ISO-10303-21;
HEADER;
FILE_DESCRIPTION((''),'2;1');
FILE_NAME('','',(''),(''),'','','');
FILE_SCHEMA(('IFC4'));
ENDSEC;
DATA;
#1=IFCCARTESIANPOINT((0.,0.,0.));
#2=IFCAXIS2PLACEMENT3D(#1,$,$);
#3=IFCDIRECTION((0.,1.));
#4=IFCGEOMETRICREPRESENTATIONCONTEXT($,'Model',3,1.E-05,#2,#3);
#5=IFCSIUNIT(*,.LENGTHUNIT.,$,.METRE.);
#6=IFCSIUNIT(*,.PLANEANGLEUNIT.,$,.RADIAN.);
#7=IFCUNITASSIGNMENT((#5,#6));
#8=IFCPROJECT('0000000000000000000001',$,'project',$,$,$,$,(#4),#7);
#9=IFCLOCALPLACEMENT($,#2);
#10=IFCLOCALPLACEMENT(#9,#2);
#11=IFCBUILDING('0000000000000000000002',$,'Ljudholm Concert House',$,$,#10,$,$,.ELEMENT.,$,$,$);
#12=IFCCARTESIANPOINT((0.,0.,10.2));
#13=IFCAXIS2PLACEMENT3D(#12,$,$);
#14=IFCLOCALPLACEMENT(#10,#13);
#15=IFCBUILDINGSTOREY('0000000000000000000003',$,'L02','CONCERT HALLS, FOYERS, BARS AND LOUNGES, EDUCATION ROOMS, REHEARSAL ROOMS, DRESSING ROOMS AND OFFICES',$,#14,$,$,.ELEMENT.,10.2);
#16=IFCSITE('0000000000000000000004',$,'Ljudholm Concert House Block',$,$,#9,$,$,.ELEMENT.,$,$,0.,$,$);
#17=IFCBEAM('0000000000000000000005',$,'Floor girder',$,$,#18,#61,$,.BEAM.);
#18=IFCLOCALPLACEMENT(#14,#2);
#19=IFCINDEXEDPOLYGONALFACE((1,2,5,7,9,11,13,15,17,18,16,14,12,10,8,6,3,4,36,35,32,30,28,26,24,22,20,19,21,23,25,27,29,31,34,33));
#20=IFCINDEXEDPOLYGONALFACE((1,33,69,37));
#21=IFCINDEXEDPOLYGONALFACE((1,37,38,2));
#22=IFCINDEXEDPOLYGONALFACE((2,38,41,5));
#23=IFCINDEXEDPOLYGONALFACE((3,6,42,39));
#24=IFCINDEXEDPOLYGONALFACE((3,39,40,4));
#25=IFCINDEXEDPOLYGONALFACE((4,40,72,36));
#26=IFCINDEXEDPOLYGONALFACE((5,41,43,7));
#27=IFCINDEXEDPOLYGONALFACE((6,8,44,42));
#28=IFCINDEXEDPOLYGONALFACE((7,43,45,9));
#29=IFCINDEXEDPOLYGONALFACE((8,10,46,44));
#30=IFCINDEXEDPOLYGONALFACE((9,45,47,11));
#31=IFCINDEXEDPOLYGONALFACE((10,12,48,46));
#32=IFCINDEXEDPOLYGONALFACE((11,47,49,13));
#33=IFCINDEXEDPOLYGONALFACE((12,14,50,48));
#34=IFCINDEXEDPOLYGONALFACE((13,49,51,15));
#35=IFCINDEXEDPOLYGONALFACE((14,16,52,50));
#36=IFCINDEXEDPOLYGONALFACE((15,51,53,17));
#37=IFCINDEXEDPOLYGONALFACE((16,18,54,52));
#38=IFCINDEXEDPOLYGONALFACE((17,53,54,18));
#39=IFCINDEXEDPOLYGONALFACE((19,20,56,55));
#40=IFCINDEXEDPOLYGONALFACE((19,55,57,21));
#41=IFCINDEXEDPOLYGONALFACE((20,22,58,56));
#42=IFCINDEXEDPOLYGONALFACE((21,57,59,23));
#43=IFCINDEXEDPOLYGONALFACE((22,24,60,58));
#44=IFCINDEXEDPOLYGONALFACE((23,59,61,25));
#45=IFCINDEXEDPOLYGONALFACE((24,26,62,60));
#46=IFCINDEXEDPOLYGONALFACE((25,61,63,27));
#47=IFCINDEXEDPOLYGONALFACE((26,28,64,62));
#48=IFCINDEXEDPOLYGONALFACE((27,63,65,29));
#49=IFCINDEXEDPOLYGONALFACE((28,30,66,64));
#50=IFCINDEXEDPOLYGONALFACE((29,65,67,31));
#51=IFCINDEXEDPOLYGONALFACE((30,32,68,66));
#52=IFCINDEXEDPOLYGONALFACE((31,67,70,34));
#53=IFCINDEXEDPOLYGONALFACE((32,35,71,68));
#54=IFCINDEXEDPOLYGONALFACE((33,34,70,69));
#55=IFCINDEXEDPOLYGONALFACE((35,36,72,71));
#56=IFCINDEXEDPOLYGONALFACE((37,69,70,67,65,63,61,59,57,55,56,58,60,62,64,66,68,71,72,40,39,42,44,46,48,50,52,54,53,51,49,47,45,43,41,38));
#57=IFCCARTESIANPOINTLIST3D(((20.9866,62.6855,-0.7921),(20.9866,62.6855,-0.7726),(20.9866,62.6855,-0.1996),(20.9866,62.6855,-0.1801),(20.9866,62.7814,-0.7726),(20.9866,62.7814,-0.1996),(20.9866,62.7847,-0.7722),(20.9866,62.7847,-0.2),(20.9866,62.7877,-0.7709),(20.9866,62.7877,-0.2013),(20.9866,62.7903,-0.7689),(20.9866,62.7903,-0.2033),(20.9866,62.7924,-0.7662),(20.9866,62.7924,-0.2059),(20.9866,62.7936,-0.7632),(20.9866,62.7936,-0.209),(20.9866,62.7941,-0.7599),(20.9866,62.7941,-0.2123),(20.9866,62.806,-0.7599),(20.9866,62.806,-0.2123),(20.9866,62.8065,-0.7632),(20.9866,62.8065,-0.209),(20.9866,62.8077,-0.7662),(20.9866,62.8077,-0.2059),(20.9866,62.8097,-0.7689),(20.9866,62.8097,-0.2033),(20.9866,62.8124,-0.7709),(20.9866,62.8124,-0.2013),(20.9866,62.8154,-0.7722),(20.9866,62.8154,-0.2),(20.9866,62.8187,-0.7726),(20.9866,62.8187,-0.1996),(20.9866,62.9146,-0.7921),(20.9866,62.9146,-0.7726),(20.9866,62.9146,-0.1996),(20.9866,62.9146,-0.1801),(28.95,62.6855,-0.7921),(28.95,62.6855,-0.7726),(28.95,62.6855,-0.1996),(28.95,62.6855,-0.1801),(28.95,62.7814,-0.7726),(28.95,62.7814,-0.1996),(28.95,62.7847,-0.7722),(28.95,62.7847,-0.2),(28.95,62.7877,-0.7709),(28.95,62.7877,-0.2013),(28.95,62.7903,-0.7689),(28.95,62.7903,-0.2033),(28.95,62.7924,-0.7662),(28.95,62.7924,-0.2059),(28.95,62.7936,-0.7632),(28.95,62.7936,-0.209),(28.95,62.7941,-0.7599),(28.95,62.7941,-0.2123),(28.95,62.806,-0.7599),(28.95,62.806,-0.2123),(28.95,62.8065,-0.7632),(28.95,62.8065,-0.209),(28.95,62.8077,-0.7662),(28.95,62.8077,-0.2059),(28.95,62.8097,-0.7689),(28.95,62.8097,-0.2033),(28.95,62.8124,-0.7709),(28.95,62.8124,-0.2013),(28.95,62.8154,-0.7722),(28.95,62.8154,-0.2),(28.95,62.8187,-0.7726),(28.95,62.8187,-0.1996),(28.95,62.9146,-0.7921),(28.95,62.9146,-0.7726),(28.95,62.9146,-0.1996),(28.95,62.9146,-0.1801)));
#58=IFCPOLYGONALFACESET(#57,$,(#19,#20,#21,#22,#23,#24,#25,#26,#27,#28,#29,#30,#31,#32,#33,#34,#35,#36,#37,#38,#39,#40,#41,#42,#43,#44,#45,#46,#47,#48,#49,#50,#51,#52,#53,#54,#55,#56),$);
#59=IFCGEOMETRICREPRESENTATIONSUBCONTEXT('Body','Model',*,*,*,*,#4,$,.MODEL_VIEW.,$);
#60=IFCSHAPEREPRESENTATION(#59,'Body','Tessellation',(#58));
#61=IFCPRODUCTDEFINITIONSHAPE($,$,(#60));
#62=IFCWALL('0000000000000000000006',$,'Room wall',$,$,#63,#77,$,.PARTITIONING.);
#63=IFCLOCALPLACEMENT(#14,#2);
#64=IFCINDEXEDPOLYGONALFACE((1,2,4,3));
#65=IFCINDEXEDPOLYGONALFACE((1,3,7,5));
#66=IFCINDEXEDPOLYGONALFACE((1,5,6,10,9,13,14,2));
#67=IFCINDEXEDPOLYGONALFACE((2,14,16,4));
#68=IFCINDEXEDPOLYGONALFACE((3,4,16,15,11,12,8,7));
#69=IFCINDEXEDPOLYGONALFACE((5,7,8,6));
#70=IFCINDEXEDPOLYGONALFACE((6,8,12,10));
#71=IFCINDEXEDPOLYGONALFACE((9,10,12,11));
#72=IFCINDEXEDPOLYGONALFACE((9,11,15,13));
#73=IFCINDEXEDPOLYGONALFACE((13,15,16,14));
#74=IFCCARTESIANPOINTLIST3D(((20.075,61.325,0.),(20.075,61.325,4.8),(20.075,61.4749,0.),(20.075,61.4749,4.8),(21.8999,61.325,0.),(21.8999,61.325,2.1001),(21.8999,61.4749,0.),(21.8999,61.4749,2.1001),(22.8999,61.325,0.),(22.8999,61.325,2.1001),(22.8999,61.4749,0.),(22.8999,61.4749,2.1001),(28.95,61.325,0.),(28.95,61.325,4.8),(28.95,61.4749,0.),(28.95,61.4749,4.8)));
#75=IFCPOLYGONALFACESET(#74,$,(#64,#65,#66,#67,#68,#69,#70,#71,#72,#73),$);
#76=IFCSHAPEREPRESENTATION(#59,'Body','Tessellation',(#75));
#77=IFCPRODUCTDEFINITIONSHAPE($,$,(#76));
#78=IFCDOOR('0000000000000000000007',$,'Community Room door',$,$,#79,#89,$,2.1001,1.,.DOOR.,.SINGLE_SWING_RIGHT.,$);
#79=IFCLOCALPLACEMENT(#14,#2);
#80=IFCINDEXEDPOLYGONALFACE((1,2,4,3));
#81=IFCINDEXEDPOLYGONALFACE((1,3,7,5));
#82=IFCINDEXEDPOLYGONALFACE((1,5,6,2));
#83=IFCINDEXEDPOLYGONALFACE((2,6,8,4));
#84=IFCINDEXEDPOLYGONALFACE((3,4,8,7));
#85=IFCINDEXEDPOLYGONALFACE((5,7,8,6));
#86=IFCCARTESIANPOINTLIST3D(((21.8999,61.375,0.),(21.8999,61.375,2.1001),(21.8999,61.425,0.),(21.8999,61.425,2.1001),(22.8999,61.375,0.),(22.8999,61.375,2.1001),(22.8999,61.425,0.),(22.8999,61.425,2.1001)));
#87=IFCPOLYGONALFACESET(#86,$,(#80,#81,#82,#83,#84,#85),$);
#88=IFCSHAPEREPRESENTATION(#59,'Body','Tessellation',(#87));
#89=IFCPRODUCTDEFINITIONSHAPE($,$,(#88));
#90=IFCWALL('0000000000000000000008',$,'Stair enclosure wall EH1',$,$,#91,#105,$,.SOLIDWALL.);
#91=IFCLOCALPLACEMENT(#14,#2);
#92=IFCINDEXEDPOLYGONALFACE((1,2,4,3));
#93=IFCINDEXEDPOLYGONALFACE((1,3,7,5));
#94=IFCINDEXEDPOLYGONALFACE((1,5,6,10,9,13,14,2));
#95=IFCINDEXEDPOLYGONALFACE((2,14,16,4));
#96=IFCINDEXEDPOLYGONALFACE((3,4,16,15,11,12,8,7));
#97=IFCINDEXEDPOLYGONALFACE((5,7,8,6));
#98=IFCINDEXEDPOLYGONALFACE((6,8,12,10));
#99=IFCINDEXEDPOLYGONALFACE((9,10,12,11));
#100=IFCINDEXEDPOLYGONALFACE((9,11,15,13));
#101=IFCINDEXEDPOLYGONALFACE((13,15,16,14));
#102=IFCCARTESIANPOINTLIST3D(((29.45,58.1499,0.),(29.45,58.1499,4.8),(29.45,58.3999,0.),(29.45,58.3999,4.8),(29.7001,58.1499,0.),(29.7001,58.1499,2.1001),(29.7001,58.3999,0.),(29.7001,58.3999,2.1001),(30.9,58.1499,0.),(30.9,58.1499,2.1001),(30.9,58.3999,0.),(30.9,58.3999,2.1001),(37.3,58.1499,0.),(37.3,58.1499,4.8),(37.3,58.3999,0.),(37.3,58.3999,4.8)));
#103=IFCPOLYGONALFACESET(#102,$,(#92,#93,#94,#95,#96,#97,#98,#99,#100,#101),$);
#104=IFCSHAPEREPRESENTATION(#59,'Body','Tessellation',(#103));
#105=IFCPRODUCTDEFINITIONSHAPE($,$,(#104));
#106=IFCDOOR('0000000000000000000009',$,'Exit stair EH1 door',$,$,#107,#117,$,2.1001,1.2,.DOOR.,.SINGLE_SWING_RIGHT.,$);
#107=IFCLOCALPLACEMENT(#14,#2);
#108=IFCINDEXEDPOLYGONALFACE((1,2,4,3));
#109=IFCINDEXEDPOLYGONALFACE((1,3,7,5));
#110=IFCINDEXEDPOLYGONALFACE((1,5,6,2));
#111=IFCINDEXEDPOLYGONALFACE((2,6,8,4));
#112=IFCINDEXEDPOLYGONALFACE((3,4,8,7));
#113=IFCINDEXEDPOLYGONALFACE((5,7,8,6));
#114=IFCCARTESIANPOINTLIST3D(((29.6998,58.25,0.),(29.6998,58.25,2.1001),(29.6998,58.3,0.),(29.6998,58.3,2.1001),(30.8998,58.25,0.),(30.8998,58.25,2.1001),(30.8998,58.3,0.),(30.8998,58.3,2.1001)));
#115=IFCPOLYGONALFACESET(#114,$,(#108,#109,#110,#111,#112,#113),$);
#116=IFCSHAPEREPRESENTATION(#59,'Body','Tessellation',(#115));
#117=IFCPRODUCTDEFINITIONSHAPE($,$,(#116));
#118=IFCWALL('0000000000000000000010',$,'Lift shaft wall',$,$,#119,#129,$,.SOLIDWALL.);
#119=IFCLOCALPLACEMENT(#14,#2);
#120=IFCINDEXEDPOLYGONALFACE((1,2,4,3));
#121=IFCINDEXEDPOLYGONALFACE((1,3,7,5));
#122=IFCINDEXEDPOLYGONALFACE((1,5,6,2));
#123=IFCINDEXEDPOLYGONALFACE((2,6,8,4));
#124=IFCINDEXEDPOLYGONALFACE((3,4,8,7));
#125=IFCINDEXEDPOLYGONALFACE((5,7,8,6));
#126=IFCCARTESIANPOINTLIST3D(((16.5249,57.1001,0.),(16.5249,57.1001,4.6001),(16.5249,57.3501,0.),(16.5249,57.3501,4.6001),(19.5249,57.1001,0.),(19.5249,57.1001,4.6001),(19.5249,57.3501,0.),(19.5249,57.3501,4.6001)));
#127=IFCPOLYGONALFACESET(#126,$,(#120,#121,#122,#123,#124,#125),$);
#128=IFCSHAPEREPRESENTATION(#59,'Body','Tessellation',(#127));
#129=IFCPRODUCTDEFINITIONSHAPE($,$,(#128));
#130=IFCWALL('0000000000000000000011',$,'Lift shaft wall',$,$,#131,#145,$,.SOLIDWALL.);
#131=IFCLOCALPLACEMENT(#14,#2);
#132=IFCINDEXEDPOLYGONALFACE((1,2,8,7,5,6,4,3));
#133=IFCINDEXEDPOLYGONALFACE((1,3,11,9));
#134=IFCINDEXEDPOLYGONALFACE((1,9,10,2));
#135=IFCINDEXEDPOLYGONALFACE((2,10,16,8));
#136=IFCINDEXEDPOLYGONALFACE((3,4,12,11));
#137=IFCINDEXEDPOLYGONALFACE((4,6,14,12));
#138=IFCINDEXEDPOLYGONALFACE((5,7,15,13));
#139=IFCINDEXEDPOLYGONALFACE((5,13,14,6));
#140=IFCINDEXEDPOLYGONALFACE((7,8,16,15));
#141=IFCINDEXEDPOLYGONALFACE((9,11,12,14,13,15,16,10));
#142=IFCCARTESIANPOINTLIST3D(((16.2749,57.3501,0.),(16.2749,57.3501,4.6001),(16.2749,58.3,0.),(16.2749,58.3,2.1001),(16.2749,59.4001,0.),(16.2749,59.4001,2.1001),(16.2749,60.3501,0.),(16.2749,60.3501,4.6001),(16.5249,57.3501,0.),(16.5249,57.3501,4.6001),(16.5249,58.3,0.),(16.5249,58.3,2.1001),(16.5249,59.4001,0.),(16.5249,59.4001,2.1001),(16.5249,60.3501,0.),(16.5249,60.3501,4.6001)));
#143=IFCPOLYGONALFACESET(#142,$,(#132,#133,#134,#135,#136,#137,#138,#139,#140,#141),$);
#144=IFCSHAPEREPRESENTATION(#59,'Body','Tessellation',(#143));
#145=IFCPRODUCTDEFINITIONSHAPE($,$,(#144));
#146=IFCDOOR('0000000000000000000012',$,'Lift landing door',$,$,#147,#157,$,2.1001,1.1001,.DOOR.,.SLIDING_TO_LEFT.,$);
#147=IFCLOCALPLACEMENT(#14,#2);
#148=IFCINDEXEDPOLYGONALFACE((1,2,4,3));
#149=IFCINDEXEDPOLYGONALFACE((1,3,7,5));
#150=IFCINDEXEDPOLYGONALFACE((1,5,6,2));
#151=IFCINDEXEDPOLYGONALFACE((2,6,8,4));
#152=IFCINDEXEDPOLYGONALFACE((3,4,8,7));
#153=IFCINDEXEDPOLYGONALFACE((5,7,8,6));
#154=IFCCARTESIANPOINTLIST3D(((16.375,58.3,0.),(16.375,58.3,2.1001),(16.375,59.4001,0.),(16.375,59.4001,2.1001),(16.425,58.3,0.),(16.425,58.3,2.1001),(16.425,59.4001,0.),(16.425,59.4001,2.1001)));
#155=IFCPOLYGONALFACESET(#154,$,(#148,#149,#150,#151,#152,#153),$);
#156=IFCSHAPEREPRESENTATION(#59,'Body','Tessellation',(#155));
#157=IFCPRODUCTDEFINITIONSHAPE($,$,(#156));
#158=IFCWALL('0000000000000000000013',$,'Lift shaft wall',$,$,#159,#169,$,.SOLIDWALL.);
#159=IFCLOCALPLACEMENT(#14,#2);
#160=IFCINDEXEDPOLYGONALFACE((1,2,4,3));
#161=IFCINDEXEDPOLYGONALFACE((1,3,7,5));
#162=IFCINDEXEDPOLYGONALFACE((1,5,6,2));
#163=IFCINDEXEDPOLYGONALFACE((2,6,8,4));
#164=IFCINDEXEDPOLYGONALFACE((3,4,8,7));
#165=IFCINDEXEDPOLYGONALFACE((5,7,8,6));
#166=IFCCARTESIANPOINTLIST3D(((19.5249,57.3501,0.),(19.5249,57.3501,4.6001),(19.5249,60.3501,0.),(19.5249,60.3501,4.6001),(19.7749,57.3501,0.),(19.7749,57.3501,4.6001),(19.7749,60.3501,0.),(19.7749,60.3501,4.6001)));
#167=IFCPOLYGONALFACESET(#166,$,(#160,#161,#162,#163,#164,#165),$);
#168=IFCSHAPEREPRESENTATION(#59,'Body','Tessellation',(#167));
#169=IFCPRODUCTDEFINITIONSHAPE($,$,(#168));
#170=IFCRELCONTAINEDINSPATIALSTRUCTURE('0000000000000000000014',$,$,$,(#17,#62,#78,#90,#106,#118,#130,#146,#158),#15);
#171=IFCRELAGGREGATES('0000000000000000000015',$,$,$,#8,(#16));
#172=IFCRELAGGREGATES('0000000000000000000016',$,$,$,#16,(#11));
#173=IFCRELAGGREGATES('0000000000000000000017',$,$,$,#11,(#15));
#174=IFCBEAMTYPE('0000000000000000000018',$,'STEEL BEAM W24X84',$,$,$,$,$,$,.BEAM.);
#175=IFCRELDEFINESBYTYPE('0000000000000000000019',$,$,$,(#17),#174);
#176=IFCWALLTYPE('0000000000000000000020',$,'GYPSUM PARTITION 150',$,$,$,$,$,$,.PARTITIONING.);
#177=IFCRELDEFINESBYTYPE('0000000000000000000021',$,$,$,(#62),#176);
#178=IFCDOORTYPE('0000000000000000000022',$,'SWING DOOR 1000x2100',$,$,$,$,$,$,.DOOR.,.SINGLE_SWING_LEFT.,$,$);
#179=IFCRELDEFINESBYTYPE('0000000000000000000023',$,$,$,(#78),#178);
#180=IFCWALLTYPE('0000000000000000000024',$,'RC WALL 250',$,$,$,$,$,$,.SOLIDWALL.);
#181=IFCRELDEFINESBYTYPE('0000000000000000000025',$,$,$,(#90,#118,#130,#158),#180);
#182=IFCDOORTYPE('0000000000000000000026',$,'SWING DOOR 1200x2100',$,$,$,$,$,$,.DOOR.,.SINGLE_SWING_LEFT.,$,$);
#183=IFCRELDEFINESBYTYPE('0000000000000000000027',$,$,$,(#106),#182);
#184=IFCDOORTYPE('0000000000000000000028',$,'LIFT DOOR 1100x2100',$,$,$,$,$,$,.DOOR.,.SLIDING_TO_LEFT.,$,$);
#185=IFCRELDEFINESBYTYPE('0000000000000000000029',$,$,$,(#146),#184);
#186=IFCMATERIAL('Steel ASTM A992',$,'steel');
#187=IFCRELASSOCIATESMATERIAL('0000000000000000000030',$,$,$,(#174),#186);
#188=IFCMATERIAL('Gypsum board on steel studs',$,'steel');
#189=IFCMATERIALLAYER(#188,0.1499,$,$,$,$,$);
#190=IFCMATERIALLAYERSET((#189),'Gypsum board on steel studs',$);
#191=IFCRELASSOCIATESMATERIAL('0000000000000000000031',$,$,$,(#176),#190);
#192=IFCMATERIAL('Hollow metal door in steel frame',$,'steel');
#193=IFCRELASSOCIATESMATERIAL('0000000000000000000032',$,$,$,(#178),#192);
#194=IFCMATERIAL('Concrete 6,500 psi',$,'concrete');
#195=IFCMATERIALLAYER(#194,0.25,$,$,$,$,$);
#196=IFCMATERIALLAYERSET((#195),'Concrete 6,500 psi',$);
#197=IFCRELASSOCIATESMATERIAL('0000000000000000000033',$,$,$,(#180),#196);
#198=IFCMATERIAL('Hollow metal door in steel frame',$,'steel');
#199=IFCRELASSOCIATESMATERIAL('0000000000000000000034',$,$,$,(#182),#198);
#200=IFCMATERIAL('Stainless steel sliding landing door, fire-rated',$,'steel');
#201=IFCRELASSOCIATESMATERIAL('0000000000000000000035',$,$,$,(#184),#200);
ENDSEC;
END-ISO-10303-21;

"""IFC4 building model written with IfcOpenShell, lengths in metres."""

from ifc_helpers import new_model, si_unit, direction, frame, frame_2d, origin, origin_2d, place, context, subcontext, project, spatial, rectangle, i_section, extrude, material, layer, layer_set, material_profile, profile_set, type_object, element, fill, save


model = new_model("IFC4")

# Units and contexts
model_context = context("Model", 3, precision=1e-05, world=origin(), true_north=direction((0.0, 1.0)))
body_context = subcontext(model_context, "Body", "Model", "MODEL_VIEW")
ifc_project = project(units=[si_unit("LENGTHUNIT", "METRE"), si_unit("PLANEANGLEUNIT", "RADIAN")], contexts=[model_context])

# Site, building, storey
site_placement = place(None, origin())
site = spatial("IfcSite", under=ifc_project, at=site_placement, Name="Ljudholm Concert House Block", CompositionType="ELEMENT", RefElevation=0.0)
building_placement = place(site_placement, origin())
building = spatial("IfcBuilding", under=site, at=building_placement, Name="Ljudholm Concert House", CompositionType="ELEMENT")
storey_placement = place(building_placement, frame((0.0, 0.0, 10.2)))
storey = spatial("IfcBuildingStorey", under=building, at=storey_placement, Name="L02", Description="CONCERT HALLS, FOYERS, BARS AND LOUNGES, EDUCATION ROOMS, REHEARSAL ROOMS, DRESSING ROOMS AND OFFICES", CompositionType="ELEMENT", Elevation=10.2)

# Beam
ifc_material_1 = material(Name="Steel ASTM A992", Category="steel")
ifc_material_profile_1 = material_profile(ifc_material_1, i_section(OverallWidth=0.229, OverallDepth=0.6121, WebThickness=0.012, FlangeThickness=0.0195, FilletRadius=0.0127, at=origin_2d()), Name="W24X84")
ifc_profile_set_1 = profile_set([ifc_material_profile_1], Name="Steel ASTM A992")
beam_type_1 = type_object("IfcBeamType", Name="STEEL BEAM W24X84", PredefinedType="BEAM", material=ifc_profile_set_1)
beam_1_placement = place(storey_placement, frame((20.9866, 62.8, -0.4861), z_axis=(1.0, 0.0, 0.0), x_axis=(0.0, 1.0, 0.0)))
element("IfcBeam", 1, at=beam_1_placement, inside=storey, type_object=beam_type_1, Name="Floor girder", PredefinedType="BEAM", context=body_context, shape_type="SweptSolid", body=[
    extrude(i_section(OverallWidth=0.229, OverallDepth=0.6121, WebThickness=0.012, FlangeThickness=0.0195, FilletRadius=0.0127, at=origin_2d()), origin(), (0.0, 0.0, 1.0), 7.9634),
])

# Walls, openings, doors
ifc_material_2 = material(Name="Gypsum board on steel studs", Category="steel")
ifc_layer_1 = layer(ifc_material_2, 0.1499)
ifc_layer_set_1 = layer_set([ifc_layer_1], Name="Gypsum board on steel studs")
wall_type_1 = type_object("IfcWallType", Name="GYPSUM PARTITION 150", PredefinedType="PARTITIONING", material=ifc_layer_set_1)
wall_1_placement = place(storey_placement, frame((20.075, 61.3999, 0.0), z_axis=(0.0, 0.0, 1.0), x_axis=(1.0, 0.0, 0.0)))
wall_1 = element("IfcWall", 2, at=wall_1_placement, inside=storey, type_object=wall_type_1, Name="Room wall", PredefinedType="PARTITIONING", context=body_context, shape_type="SweptSolid", body=[
    extrude(rectangle(XDim=8.875, YDim=0.1499, at=frame_2d((4.4375, 0.0))), origin(), (0.0, 0.0, 1.0), 4.8),
])
opening_1_placement = place(wall_1_placement, frame((1.825, 0.0, 0.0)))
opening_1 = element("IfcOpeningElement", 3, at=opening_1_placement, cuts=wall_1, PredefinedType="OPENING", context=body_context, shape_type="SweptSolid", body=[
    extrude(rectangle(XDim=1.0, YDim=2.1001, at=frame_2d((0.5, 1.05))), frame((0.0, 0.085, 0.0), z_axis=(0.0, -1.0, 0.0), x_axis=(1.0, 0.0, 0.0)), (0.0, 0.0, 1.0), 0.1699),
])
ifc_material_3 = material(Name="Hollow metal door in steel frame", Category="steel")
door_type_1 = type_object("IfcDoorType", Name="SWING DOOR 1000x2100", OperationType="SINGLE_SWING_LEFT", PredefinedType="DOOR", material=ifc_material_3)
door_1_placement = place(opening_1_placement, frame((1.0, 0.0, 0.0), z_axis=(0.0, 0.0, 1.0), x_axis=(-1.0, 0.0, 0.0)))
door_1 = element("IfcDoor", 4, at=door_1_placement, inside=storey, type_object=door_type_1, Name="Community Room door", OperationType="SINGLE_SWING_RIGHT", OverallHeight=2.1001, OverallWidth=1.0, PredefinedType="DOOR", context=body_context, shape_type="SweptSolid", body=[
    extrude(rectangle(XDim=1.0, YDim=2.1001, at=frame_2d((0.5, 1.05))), frame((0.0, 0.0249, 0.0), z_axis=(0.0, -1.0, 0.0), x_axis=(1.0, 0.0, 0.0)), (0.0, 0.0, 1.0), 0.05),
])
fill(opening_1, door_1)
ifc_material_4 = material(Name="Concrete 6,500 psi", Category="concrete")
ifc_layer_2 = layer(ifc_material_4, 0.25)
ifc_layer_set_2 = layer_set([ifc_layer_2], Name="Concrete 6,500 psi")
wall_type_2 = type_object("IfcWallType", Name="RC WALL 250", PredefinedType="SOLIDWALL", material=ifc_layer_set_2)
wall_2_placement = place(storey_placement, frame((29.45, 58.2749, 0.0), z_axis=(0.0, 0.0, 1.0), x_axis=(1.0, 0.0, 0.0)))
wall_2 = element("IfcWall", 5, at=wall_2_placement, inside=storey, type_object=wall_type_2, Name="Stair enclosure wall EH1", PredefinedType="SOLIDWALL", context=body_context, shape_type="SweptSolid", body=[
    extrude(rectangle(XDim=7.8501, YDim=0.25, at=frame_2d((3.925, 0.0))), origin(), (0.0, 0.0, 1.0), 4.8),
])
opening_2_placement = place(wall_2_placement, frame((0.25, 0.0, 0.0)))
opening_2 = element("IfcOpeningElement", 6, at=opening_2_placement, cuts=wall_2, PredefinedType="OPENING", context=body_context, shape_type="SweptSolid", body=[
    extrude(rectangle(XDim=1.2, YDim=2.1001, at=frame_2d((0.6001, 1.05))), frame((0.0, 0.135, 0.0), z_axis=(0.0, -1.0, 0.0), x_axis=(1.0, 0.0, 0.0)), (0.0, 0.0, 1.0), 0.27),
])
ifc_material_5 = material(Name="Hollow metal door in steel frame", Category="steel")
door_type_2 = type_object("IfcDoorType", Name="SWING DOOR 1200x2100", OperationType="SINGLE_SWING_LEFT", PredefinedType="DOOR", material=ifc_material_5)
door_2_placement = place(opening_2_placement, frame((1.2, 0.0, 0.0), z_axis=(0.0, 0.0, 1.0), x_axis=(-1.0, 0.0, 0.0)))
door_2 = element("IfcDoor", 7, at=door_2_placement, inside=storey, type_object=door_type_2, Name="Exit stair EH1 door", OperationType="SINGLE_SWING_RIGHT", OverallHeight=2.1001, OverallWidth=1.2, PredefinedType="DOOR", context=body_context, shape_type="SweptSolid", body=[
    extrude(rectangle(XDim=1.2, YDim=2.1001, at=frame_2d((0.6001, 1.05))), frame((0.0, 0.0249, 0.0), z_axis=(0.0, -1.0, 0.0), x_axis=(1.0, 0.0, 0.0)), (0.0, 0.0, 1.0), 0.05),
])
fill(opening_2, door_2)

# Wall
wall_3_placement = place(storey_placement, frame((16.5249, 57.2251, 0.0), z_axis=(0.0, 0.0, 1.0), x_axis=(1.0, 0.0, 0.0)))
element("IfcWall", 8, at=wall_3_placement, inside=storey, type_object=wall_type_2, Name="Lift shaft wall", PredefinedType="SOLIDWALL", context=body_context, shape_type="SweptSolid", body=[
    extrude(rectangle(XDim=3.0, YDim=0.25, at=frame_2d((1.5, 0.0))), origin(), (0.0, 0.0, 1.0), 4.6001),
])

# Wall, opening, door
wall_4_placement = place(storey_placement, frame((16.3999, 57.3501, 0.0), z_axis=(0.0, 0.0, 1.0), x_axis=(0.0, 1.0, 0.0)))
wall_4 = element("IfcWall", 9, at=wall_4_placement, inside=storey, type_object=wall_type_2, Name="Lift shaft wall", PredefinedType="SOLIDWALL", context=body_context, shape_type="SweptSolid", body=[
    extrude(rectangle(XDim=3.0, YDim=0.25, at=frame_2d((1.5, 0.0))), origin(), (0.0, 0.0, 1.0), 4.6001),
])
opening_3_placement = place(wall_4_placement, frame((0.95, 0.0, 0.0)))
opening_3 = element("IfcOpeningElement", 10, at=opening_3_placement, cuts=wall_4, PredefinedType="OPENING", context=body_context, shape_type="SweptSolid", body=[
    extrude(rectangle(XDim=1.1001, YDim=2.1001, at=frame_2d((0.55, 1.05))), frame((0.0, 0.135, 0.0), z_axis=(0.0, -1.0, 0.0), x_axis=(1.0, 0.0, 0.0)), (0.0, 0.0, 1.0), 0.27),
])
ifc_material_6 = material(Name="Stainless steel sliding landing door, fire-rated", Category="steel")
door_type_3 = type_object("IfcDoorType", Name="LIFT DOOR 1100x2100", OperationType="SLIDING_TO_LEFT", PredefinedType="DOOR", material=ifc_material_6)
door_3_placement = place(opening_3_placement, origin())
door_3 = element("IfcDoor", 11, at=door_3_placement, inside=storey, type_object=door_type_3, Name="Lift landing door", OperationType="SLIDING_TO_LEFT", OverallHeight=2.1001, OverallWidth=1.1001, PredefinedType="DOOR", context=body_context, shape_type="SweptSolid", body=[
    extrude(rectangle(XDim=1.1001, YDim=2.1001, at=frame_2d((0.55, 1.05))), frame((0.0, 0.0249, 0.0), z_axis=(0.0, -1.0, 0.0), x_axis=(1.0, 0.0, 0.0)), (0.0, 0.0, 1.0), 0.05),
])
fill(opening_3, door_3)

# Wall
for number, where, z_axis, x_axis, name in (
    (12, (19.6499, 57.3501, 0.0), (0.0, 0.0, 1.0), (0.0, 1.0, 0.0), "Lift shaft wall"),
):
    element("IfcWall", number, at=place(storey_placement, frame(where, z_axis=z_axis, x_axis=x_axis)), inside=storey, type_object=wall_type_2, Name=name, PredefinedType="SOLIDWALL", context=body_context, shape_type="SweptSolid", body=[
        extrude(rectangle(XDim=3.0, YDim=0.25, at=frame_2d((1.5, 0.0))), origin(), (0.0, 0.0, 1.0), 4.6001),
    ])

save(model, "model.ifc")
